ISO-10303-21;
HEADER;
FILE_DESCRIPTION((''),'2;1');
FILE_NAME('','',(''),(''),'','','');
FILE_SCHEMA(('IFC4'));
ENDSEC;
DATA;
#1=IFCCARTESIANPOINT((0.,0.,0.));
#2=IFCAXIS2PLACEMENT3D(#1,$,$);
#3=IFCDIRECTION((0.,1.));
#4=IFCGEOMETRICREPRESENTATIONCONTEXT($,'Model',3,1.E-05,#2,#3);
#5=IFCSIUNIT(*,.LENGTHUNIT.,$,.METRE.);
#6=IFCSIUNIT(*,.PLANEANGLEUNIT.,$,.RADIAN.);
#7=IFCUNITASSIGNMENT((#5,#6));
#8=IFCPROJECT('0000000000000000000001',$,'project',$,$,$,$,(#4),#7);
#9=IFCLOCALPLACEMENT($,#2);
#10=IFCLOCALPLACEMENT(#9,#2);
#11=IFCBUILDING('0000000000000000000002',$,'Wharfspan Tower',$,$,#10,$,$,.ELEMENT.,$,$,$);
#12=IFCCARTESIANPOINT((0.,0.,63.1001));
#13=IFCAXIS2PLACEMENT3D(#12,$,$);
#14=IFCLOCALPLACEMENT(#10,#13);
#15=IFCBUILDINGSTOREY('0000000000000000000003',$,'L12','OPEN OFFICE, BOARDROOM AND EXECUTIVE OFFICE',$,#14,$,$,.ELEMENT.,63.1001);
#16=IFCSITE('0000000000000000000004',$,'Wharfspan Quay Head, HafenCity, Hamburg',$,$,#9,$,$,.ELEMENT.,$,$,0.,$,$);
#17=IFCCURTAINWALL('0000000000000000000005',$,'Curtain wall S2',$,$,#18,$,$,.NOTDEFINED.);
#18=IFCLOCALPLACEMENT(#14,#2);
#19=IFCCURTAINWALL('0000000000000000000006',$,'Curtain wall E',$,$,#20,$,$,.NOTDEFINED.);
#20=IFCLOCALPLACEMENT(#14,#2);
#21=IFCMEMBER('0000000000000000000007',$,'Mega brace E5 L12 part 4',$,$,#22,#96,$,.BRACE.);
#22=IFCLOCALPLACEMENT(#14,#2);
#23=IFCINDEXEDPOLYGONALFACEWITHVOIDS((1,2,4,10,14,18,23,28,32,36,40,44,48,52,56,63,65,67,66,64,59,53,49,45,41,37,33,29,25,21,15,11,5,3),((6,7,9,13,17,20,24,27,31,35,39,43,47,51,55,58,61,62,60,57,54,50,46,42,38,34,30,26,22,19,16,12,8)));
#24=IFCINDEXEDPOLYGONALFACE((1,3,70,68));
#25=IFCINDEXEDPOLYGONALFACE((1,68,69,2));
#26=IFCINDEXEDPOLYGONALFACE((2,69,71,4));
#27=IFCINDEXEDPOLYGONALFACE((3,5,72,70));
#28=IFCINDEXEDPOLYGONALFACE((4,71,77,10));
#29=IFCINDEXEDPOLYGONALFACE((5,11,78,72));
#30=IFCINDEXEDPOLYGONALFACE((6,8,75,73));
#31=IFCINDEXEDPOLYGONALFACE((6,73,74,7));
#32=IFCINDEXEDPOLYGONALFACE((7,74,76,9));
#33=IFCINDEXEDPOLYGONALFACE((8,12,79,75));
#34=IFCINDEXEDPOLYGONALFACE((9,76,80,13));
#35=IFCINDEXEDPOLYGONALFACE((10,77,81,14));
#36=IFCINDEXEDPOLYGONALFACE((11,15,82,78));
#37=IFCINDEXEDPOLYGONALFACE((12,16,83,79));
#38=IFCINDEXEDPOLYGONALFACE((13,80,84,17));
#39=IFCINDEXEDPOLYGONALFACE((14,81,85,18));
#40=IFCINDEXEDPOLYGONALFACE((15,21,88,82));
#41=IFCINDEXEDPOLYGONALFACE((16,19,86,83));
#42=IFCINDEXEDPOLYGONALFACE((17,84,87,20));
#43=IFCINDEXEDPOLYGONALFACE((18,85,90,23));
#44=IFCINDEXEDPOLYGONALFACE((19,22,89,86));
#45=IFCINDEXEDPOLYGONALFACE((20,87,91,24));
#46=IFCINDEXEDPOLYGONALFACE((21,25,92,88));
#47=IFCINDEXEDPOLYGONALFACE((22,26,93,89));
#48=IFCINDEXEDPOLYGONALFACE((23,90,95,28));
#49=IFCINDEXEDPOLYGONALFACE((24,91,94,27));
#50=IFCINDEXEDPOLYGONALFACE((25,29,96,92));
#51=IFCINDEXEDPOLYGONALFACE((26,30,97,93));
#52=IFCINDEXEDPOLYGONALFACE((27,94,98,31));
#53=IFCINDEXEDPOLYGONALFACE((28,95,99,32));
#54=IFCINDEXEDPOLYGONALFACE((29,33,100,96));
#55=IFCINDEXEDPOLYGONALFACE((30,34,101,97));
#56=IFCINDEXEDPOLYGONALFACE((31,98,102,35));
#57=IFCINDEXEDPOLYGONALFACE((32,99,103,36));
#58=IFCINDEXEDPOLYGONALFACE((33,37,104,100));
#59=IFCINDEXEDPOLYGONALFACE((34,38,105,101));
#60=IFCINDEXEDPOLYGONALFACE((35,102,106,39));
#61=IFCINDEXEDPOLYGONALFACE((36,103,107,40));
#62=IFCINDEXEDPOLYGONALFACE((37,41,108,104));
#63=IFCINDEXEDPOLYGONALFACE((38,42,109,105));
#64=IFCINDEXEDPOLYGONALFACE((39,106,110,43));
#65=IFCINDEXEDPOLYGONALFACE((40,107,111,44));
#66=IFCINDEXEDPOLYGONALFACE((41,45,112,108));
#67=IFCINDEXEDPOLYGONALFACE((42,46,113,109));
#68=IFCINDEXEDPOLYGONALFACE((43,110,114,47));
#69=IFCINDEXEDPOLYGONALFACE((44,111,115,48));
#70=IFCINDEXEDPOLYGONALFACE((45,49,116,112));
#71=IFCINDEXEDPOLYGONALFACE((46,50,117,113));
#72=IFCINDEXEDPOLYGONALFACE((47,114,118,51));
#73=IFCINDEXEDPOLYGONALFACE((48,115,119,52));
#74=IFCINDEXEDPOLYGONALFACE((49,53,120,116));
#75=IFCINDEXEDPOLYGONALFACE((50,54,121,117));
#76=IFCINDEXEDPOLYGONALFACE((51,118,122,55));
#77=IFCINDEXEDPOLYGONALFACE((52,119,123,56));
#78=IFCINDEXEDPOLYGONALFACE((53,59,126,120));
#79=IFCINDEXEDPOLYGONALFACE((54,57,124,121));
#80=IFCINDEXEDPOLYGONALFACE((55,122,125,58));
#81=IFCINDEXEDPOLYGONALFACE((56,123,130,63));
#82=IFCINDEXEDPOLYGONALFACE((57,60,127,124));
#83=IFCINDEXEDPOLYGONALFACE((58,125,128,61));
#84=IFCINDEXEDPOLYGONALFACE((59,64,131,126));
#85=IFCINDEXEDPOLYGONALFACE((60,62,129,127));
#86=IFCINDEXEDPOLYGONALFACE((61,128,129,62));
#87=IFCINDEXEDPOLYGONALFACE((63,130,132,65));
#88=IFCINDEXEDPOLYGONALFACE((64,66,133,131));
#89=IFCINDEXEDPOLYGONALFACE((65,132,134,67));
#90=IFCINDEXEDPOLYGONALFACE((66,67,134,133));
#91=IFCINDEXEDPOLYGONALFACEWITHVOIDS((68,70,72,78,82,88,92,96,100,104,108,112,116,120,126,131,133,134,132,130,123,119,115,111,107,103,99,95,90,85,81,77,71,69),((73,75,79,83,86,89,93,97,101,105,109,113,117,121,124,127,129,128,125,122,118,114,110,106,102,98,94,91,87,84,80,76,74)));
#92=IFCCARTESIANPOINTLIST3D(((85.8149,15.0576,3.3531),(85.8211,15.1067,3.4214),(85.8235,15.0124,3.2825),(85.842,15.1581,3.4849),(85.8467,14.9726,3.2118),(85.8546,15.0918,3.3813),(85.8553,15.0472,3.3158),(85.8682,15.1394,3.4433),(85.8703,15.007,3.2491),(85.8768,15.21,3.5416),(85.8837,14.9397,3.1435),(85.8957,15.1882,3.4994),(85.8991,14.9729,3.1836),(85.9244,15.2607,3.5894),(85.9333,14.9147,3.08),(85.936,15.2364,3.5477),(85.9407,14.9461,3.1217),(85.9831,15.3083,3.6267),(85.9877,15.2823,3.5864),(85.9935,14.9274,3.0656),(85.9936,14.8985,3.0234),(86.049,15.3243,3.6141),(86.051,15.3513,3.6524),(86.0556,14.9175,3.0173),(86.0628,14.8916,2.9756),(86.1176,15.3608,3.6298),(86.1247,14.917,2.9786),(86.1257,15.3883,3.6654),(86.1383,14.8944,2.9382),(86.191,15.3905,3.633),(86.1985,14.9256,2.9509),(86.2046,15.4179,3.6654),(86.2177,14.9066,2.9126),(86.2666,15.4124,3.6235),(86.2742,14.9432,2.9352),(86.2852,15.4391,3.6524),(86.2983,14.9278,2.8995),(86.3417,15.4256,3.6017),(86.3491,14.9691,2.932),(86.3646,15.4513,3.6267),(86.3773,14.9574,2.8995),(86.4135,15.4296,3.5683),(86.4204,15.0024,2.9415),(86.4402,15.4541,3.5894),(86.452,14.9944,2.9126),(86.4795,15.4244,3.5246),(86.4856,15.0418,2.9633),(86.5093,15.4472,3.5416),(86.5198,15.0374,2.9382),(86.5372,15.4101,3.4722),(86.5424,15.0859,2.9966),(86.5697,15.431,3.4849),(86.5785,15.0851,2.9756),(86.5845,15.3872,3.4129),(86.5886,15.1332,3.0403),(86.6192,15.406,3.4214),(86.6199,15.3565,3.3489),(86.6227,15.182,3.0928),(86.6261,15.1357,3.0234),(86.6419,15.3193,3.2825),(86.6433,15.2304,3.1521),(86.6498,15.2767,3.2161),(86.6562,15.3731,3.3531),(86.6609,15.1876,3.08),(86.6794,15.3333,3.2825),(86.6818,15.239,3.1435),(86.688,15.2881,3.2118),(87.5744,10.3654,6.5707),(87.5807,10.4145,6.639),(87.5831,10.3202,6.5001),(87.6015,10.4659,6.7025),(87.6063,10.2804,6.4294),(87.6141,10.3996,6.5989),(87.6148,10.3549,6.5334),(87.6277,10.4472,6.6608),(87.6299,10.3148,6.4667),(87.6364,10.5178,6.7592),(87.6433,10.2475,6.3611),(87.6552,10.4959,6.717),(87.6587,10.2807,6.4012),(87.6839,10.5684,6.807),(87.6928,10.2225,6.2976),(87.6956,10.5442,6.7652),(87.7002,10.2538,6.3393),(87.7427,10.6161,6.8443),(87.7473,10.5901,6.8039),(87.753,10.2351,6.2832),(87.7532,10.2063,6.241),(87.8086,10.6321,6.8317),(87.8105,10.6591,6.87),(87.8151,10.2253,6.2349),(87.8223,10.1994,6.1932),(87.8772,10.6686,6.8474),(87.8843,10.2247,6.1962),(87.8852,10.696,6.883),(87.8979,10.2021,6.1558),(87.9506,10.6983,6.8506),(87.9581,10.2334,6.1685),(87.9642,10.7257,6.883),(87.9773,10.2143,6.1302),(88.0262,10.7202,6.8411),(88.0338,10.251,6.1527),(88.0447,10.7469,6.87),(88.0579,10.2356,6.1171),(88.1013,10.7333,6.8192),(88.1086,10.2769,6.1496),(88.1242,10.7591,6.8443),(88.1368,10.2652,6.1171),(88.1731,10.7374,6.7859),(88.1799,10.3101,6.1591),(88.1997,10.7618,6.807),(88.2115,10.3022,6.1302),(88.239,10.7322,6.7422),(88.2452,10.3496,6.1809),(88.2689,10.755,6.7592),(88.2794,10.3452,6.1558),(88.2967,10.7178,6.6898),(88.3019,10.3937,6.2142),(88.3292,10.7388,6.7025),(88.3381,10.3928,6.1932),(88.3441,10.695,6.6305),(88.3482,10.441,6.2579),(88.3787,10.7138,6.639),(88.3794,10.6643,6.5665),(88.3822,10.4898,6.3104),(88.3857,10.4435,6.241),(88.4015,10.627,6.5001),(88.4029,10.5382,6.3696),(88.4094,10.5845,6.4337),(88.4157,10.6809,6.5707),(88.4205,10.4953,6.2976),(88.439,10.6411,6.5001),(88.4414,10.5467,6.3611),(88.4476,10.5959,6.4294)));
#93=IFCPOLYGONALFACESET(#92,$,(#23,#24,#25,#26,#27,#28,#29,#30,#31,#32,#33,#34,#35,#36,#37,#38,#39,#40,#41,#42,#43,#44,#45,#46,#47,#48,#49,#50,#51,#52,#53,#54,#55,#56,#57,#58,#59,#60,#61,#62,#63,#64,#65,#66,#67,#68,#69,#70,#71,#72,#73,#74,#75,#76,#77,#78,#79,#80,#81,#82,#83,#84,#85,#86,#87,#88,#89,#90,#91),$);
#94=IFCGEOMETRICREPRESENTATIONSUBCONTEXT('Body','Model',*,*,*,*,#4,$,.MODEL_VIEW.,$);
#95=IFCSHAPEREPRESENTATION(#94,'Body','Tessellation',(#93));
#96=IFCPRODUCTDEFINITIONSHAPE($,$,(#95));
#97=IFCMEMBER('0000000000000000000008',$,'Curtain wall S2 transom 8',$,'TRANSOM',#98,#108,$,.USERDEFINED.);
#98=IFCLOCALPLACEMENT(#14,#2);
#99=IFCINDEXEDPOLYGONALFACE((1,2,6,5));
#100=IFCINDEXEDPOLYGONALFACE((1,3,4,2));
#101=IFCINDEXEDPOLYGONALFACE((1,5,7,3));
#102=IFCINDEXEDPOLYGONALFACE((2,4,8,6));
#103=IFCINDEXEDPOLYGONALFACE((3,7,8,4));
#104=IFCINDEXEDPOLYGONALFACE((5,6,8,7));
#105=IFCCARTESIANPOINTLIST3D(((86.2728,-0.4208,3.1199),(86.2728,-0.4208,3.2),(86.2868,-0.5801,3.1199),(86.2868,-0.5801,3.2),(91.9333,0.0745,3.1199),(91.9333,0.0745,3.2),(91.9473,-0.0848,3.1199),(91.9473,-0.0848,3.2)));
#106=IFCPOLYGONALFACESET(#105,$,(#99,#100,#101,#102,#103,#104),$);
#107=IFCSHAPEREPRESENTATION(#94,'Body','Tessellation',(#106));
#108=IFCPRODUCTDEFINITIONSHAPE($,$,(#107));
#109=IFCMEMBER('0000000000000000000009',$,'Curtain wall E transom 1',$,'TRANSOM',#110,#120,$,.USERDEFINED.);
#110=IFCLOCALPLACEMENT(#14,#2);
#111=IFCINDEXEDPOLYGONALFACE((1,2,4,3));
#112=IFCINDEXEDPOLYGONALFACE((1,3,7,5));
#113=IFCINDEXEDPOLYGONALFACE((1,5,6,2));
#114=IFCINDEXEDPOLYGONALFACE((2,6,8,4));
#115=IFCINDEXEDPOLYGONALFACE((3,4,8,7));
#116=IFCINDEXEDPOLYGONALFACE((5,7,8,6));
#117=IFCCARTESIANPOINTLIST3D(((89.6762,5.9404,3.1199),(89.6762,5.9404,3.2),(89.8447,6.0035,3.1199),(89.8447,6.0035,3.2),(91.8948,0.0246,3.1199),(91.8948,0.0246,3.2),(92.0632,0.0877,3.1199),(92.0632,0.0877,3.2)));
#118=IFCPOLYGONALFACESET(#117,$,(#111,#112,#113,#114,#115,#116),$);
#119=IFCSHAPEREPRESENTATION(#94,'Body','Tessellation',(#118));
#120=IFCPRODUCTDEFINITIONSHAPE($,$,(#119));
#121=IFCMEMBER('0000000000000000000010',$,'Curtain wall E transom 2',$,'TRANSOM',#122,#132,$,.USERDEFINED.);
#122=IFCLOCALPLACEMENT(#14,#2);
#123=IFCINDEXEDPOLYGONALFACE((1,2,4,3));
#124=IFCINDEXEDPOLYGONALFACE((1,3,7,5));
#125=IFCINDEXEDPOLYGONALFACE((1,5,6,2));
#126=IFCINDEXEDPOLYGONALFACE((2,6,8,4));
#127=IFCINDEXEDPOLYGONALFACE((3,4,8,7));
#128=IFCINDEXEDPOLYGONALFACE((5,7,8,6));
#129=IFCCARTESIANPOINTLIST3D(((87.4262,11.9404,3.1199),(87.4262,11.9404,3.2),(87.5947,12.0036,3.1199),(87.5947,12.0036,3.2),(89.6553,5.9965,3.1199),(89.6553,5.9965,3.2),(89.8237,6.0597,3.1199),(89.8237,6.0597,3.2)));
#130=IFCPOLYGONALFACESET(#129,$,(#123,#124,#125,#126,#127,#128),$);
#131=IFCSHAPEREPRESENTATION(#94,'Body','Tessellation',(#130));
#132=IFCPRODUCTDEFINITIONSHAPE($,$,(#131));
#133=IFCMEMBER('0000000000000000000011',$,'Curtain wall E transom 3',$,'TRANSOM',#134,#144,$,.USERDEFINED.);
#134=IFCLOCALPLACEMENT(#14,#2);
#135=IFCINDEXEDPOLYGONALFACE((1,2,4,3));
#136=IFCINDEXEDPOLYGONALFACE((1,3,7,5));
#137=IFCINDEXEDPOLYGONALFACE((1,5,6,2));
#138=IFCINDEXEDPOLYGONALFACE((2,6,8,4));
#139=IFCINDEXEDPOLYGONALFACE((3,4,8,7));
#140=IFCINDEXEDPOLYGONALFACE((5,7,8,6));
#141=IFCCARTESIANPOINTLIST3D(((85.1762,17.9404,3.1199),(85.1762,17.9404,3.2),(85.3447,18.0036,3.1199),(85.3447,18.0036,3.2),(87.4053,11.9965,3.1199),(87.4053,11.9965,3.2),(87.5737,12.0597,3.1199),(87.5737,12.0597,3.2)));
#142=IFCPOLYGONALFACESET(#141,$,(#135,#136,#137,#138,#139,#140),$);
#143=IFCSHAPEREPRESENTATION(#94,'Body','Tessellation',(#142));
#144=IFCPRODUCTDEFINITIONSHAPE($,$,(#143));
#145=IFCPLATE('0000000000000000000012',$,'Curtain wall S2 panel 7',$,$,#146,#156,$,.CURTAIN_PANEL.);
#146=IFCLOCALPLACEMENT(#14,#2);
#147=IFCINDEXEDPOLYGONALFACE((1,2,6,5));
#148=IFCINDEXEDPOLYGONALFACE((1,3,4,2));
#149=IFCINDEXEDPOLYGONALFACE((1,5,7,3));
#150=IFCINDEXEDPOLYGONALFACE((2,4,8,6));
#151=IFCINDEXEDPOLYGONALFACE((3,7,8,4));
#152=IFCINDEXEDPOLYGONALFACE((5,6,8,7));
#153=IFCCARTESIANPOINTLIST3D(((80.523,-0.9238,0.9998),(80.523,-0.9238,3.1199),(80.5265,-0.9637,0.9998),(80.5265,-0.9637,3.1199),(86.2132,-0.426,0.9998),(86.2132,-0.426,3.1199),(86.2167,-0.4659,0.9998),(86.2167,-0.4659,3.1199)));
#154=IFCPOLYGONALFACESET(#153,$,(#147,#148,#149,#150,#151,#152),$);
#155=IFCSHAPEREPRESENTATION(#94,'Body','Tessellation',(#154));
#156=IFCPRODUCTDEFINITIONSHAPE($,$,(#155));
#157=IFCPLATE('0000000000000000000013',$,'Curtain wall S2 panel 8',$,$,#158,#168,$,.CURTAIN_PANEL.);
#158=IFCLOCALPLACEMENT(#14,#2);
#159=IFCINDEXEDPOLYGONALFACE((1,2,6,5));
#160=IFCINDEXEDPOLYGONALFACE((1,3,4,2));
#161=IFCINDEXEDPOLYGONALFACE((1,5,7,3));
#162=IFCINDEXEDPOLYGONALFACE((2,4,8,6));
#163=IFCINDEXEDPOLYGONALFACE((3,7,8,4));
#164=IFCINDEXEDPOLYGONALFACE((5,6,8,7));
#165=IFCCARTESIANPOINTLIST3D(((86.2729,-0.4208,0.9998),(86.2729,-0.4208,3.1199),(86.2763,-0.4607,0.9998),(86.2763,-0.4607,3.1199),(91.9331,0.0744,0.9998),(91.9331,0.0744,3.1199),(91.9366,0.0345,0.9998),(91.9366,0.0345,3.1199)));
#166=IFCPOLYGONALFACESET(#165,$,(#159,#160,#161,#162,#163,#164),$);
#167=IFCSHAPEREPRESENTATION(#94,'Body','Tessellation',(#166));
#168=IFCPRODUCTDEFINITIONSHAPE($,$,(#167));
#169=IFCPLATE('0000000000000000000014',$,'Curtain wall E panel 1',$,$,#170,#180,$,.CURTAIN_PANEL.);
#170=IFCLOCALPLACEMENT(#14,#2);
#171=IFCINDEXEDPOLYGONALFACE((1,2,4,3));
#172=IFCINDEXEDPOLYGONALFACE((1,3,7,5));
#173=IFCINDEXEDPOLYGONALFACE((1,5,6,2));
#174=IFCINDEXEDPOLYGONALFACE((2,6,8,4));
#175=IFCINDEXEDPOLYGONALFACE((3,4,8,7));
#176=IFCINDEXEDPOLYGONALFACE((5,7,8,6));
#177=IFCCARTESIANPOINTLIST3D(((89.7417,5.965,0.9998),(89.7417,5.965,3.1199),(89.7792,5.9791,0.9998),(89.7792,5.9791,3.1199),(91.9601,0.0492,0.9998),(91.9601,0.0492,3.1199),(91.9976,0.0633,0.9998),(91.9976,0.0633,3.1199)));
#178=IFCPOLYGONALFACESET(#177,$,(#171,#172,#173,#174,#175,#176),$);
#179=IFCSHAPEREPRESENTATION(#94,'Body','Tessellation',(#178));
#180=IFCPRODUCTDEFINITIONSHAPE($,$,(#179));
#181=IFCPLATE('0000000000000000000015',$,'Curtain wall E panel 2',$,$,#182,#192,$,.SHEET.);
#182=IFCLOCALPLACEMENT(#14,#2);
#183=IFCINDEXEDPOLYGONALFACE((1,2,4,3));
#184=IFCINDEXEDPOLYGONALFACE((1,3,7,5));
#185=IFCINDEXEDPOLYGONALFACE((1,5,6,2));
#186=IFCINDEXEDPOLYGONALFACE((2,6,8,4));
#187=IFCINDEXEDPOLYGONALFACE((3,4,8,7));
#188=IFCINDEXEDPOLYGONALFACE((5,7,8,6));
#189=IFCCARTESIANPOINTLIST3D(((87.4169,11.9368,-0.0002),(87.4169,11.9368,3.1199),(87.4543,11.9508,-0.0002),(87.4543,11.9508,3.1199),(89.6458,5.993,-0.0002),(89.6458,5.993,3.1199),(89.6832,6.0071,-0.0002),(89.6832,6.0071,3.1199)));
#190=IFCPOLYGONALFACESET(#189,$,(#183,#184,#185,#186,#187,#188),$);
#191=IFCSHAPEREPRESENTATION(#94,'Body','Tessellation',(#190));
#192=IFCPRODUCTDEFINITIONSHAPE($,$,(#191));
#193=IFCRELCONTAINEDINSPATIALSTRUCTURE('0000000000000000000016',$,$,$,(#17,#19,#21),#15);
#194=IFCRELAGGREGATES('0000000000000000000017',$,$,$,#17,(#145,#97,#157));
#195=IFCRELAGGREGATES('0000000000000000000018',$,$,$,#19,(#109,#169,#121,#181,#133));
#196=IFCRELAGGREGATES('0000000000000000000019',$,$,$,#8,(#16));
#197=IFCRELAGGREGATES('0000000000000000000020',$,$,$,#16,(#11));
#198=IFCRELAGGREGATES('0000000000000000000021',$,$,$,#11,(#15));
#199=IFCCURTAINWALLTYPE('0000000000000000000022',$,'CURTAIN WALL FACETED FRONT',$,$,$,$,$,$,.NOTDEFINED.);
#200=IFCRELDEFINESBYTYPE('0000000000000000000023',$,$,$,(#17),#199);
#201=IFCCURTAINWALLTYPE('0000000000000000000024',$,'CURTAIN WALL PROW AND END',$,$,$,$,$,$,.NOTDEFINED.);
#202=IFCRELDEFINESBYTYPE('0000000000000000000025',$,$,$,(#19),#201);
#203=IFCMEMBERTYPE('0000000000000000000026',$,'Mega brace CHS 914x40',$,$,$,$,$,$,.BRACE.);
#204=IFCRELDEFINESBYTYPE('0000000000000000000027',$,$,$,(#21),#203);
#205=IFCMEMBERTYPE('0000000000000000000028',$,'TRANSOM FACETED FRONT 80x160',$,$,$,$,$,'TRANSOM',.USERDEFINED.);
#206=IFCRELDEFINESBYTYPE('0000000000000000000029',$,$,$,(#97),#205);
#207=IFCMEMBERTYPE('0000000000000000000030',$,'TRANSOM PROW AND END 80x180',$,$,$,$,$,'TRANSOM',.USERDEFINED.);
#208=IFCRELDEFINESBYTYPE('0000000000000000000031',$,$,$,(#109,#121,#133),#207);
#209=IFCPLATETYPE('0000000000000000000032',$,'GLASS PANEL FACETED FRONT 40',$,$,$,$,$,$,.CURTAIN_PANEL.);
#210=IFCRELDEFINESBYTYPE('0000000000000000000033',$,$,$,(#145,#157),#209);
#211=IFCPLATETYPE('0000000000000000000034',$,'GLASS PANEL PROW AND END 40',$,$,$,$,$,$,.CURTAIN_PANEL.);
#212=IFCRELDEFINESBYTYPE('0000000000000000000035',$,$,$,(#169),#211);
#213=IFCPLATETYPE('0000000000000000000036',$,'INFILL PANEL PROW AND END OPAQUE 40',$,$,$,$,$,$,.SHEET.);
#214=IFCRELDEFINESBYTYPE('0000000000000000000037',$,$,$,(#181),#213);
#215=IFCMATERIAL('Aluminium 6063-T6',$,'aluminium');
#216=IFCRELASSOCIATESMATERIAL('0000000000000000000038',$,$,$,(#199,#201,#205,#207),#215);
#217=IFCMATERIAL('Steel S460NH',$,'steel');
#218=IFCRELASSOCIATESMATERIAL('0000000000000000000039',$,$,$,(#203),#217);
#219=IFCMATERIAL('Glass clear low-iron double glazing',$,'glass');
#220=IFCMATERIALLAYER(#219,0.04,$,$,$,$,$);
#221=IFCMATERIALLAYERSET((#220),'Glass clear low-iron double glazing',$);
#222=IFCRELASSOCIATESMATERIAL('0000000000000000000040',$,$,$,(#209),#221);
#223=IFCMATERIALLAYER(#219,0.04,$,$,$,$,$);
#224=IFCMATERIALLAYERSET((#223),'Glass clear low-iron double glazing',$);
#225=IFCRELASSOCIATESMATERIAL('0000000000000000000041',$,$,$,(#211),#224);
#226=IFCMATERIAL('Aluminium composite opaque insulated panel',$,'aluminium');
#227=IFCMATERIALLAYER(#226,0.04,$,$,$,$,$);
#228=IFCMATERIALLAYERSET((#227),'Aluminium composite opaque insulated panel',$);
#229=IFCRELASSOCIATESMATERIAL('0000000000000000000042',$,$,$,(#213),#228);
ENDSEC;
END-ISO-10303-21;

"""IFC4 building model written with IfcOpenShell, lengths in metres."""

from ifc_helpers import new_model, si_unit, direction, frame, origin, origin_2d, place, context, subcontext, project, spatial, rectangle, hollow_circle, extrude, material, layer, layer_set, material_profile, profile_set, type_object, element, aggregate, save


model = new_model("IFC4")

# Units and contexts
model_context = context("Model", 3, precision=1e-05, world=origin(), true_north=direction((0.0, 1.0)))
body_context = subcontext(model_context, "Body", "Model", "MODEL_VIEW")
ifc_project = project(units=[si_unit("LENGTHUNIT", "METRE"), si_unit("PLANEANGLEUNIT", "RADIAN")], contexts=[model_context])

# Site, building, storey
site_placement = place(None, origin())
site = spatial("IfcSite", under=ifc_project, at=site_placement, Name="Wharfspan Quay Head, HafenCity, Hamburg", CompositionType="ELEMENT", RefElevation=0.0)
building_placement = place(site_placement, origin())
building = spatial("IfcBuilding", under=site, at=building_placement, Name="Wharfspan Tower", CompositionType="ELEMENT")
storey_placement = place(building_placement, frame((0.0, 0.0, 63.1001)))
storey = spatial("IfcBuildingStorey", under=building, at=storey_placement, Name="L12", Description="OPEN OFFICE, BOARDROOM AND EXECUTIVE OFFICE", CompositionType="ELEMENT", Elevation=63.1001)

# Curtain walls
ifc_material_1 = material(Name="Aluminium 6063-T6", Category="aluminium")
curtain_wall_type_1 = type_object("IfcCurtainWallType", Name="CURTAIN WALL FACETED FRONT", PredefinedType="NOTDEFINED", material=ifc_material_1)
curtain_wall_1_placement = place(storey_placement, origin())
curtain_wall_1 = element("IfcCurtainWall", 1, at=curtain_wall_1_placement, inside=storey, type_object=curtain_wall_type_1, Name="Curtain wall S2", PredefinedType="NOTDEFINED")
curtain_wall_type_2 = type_object("IfcCurtainWallType", Name="CURTAIN WALL PROW AND END", PredefinedType="NOTDEFINED", material=ifc_material_1)
curtain_wall_2_placement = place(storey_placement, origin())
curtain_wall_2 = element("IfcCurtainWall", 2, at=curtain_wall_2_placement, inside=storey, type_object=curtain_wall_type_2, Name="Curtain wall E", PredefinedType="NOTDEFINED")

# Members
ifc_material_2 = material(Name="Steel S460NH", Category="steel")
ifc_material_profile_1 = material_profile(ifc_material_2, hollow_circle(Radius=0.457, WallThickness=0.04, at=origin_2d()))
ifc_profile_set_1 = profile_set([ifc_material_profile_1], Name="Steel S460NH")
member_type_1 = type_object("IfcMemberType", Name="Mega brace CHS 914x40", PredefinedType="BRACE", material=ifc_profile_set_1)
member_1_placement = place(storey_placement, frame((86.2515, 15.1729, 3.2825), z_axis=(0.295459, -0.787904, 0.540288), x_axis=(0.936328, 0.351115, -0.000003)))
element("IfcMember", 3, at=member_1_placement, inside=storey, type_object=member_type_1, Name="Mega brace E5 L12 part 4", PredefinedType="BRACE", context=body_context, shape_type="SweptSolid", body=[
    extrude(hollow_circle(Radius=0.457, WallThickness=0.04, at=origin_2d()), origin(), (0.0, 0.0, 1.0), 5.9553),
])
ifc_material_profile_2 = material_profile(ifc_material_1, rectangle(XDim=0.1599, YDim=0.0801, at=origin_2d()))
ifc_profile_set_2 = profile_set([ifc_material_profile_2], Name="Aluminium 6063-T6")
member_type_2 = type_object("IfcMemberType", Name="TRANSOM FACETED FRONT 80x160", ElementType="TRANSOM", PredefinedType="USERDEFINED", material=ifc_profile_set_2)
member_2_placement = place(storey_placement, frame((86.2798, -0.5005, 3.1599), z_axis=(0.996193, 0.08718, 0.0), x_axis=(-0.08718, 0.996193, 0.0)))
member_2 = element("IfcMember", 4, at=member_2_placement, type_object=member_type_2, Name="Curtain wall S2 transom 8", ObjectType="TRANSOM", PredefinedType="USERDEFINED", context=body_context, shape_type="SweptSolid", body=[
    extrude(rectangle(XDim=0.1599, YDim=0.0801, at=origin_2d()), origin(), (0.0, 0.0, 1.0), 5.6821),
])
ifc_material_profile_3 = material_profile(ifc_material_1, rectangle(XDim=0.1799, YDim=0.0801, at=origin_2d()))
ifc_profile_set_3 = profile_set([ifc_material_profile_3], Name="Aluminium 6063-T6")
member_type_3 = type_object("IfcMemberType", Name="TRANSOM PROW AND END 80x180", ElementType="TRANSOM", PredefinedType="USERDEFINED", material=ifc_profile_set_3)
member_3_placement = place(storey_placement, frame((91.979, 0.0562, 3.1599), z_axis=(-0.351136, 0.936324, 0.0), x_axis=(-0.936324, -0.351136, 0.0)))
member_3 = element("IfcMember", 5, at=member_3_placement, type_object=member_type_3, Name="Curtain wall E transom 1", ObjectType="TRANSOM", PredefinedType="USERDEFINED", context=body_context, shape_type="SweptSolid", body=[
    extrude(rectangle(XDim=0.1799, YDim=0.0801, at=origin_2d()), origin(), (0.0, 0.0, 1.0), 6.3181),
])
member_4_placement = place(storey_placement, frame((89.7395, 6.0281, 3.1599), z_axis=(-0.351132, 0.936326, 0.0), x_axis=(-0.936326, -0.351132, 0.0)))
member_4 = element("IfcMember", 6, at=member_4_placement, type_object=member_type_3, Name="Curtain wall E transom 2", ObjectType="TRANSOM", PredefinedType="USERDEFINED", context=body_context, shape_type="SweptSolid", body=[
    extrude(rectangle(XDim=0.1799, YDim=0.0801, at=origin_2d()), origin(), (0.0, 0.0, 1.0), 6.3481),
])
member_5_placement = place(storey_placement, frame((87.4895, 12.0281, 3.1599), z_axis=(-0.351132, 0.936326, 0.0), x_axis=(-0.936326, -0.351132, 0.0)))
member_5 = element("IfcMember", 7, at=member_5_placement, type_object=member_type_3, Name="Curtain wall E transom 3", ObjectType="TRANSOM", PredefinedType="USERDEFINED", context=body_context, shape_type="SweptSolid", body=[
    extrude(rectangle(XDim=0.1799, YDim=0.0801, at=origin_2d()), origin(), (0.0, 0.0, 1.0), 6.3481),
])

# Plates
ifc_material_3 = material(Name="Glass clear low-iron double glazing", Category="glass")
ifc_layer_1 = layer(ifc_material_3, 0.04)
ifc_layer_set_1 = layer_set([ifc_layer_1], Name="Glass clear low-iron double glazing")
plate_type_1 = type_object("IfcPlateType", Name="GLASS PANEL FACETED FRONT 40", PredefinedType="CURTAIN_PANEL", material=ifc_layer_set_1)
plate_1_placement = place(storey_placement, frame((83.3699, -0.6948, 0.9998), z_axis=(0.0, 0.0, 1.0), x_axis=(0.996197, 0.087156, 0.0)))
plate_1 = element("IfcPlate", 8, at=plate_1_placement, type_object=plate_type_1, Name="Curtain wall S2 panel 7", PredefinedType="CURTAIN_PANEL", context=body_context, shape_type="SweptSolid", body=[
    extrude(rectangle(XDim=5.7119, YDim=0.04, at=origin_2d()), origin(), (0.0, 0.0, 1.0), 2.1201),
])
plate_2_placement = place(storey_placement, frame((89.1047, -0.1931, 0.9998), z_axis=(0.0, 0.0, 1.0), x_axis=(0.996197, 0.087156, 0.0)))
plate_2 = element("IfcPlate", 9, at=plate_2_placement, type_object=plate_type_1, Name="Curtain wall S2 panel 8", PredefinedType="CURTAIN_PANEL", context=body_context, shape_type="SweptSolid", body=[
    extrude(rectangle(XDim=5.6819, YDim=0.04, at=origin_2d()), origin(), (0.0, 0.0, 1.0), 2.1201),
])
aggregate(curtain_wall_1, [plate_1, member_2, plate_2])
ifc_layer_2 = layer(ifc_material_3, 0.04)
ifc_layer_set_2 = layer_set([ifc_layer_2], Name="Glass clear low-iron double glazing")
plate_type_2 = type_object("IfcPlateType", Name="GLASS PANEL PROW AND END 40", PredefinedType="CURTAIN_PANEL", material=ifc_layer_set_2)
plate_3_placement = place(storey_placement, frame((90.8696, 3.0142, 0.9998), z_axis=(0.0, 0.0, 1.0), x_axis=(-0.351123, 0.936328, 0.0)))
plate_3 = element("IfcPlate", 10, at=plate_3_placement, type_object=plate_type_2, Name="Curtain wall E panel 1", PredefinedType="CURTAIN_PANEL", context=body_context, shape_type="SweptSolid", body=[
    extrude(rectangle(XDim=6.3181, YDim=0.04, at=origin_2d()), origin(), (0.0, 0.0, 1.0), 2.1201),
])
ifc_material_4 = material(Name="Aluminium composite opaque insulated panel", Category="aluminium")
ifc_layer_3 = layer(ifc_material_4, 0.04)
ifc_layer_set_3 = layer_set([ifc_layer_3], Name="Aluminium composite opaque insulated panel")
plate_type_3 = type_object("IfcPlateType", Name="INFILL PANEL PROW AND END OPAQUE 40", PredefinedType="SHEET", material=ifc_layer_set_3)
plate_4_placement = place(storey_placement, frame((88.55, 8.9719, -0.0002), z_axis=(0.0, 0.0, 1.0), x_axis=(-0.351123, 0.936328, 0.0)))
plate_4 = element("IfcPlate", 11, at=plate_4_placement, type_object=plate_type_3, Name="Curtain wall E panel 2", PredefinedType="SHEET", context=body_context, shape_type="SweptSolid", body=[
    extrude(rectangle(XDim=6.3479, YDim=0.04, at=origin_2d()), origin(), (0.0, 0.0, 1.0), 3.1201),
])
aggregate(curtain_wall_2, [member_3, plate_3, member_4, plate_4, member_5])

save(model, "model.ifc")
